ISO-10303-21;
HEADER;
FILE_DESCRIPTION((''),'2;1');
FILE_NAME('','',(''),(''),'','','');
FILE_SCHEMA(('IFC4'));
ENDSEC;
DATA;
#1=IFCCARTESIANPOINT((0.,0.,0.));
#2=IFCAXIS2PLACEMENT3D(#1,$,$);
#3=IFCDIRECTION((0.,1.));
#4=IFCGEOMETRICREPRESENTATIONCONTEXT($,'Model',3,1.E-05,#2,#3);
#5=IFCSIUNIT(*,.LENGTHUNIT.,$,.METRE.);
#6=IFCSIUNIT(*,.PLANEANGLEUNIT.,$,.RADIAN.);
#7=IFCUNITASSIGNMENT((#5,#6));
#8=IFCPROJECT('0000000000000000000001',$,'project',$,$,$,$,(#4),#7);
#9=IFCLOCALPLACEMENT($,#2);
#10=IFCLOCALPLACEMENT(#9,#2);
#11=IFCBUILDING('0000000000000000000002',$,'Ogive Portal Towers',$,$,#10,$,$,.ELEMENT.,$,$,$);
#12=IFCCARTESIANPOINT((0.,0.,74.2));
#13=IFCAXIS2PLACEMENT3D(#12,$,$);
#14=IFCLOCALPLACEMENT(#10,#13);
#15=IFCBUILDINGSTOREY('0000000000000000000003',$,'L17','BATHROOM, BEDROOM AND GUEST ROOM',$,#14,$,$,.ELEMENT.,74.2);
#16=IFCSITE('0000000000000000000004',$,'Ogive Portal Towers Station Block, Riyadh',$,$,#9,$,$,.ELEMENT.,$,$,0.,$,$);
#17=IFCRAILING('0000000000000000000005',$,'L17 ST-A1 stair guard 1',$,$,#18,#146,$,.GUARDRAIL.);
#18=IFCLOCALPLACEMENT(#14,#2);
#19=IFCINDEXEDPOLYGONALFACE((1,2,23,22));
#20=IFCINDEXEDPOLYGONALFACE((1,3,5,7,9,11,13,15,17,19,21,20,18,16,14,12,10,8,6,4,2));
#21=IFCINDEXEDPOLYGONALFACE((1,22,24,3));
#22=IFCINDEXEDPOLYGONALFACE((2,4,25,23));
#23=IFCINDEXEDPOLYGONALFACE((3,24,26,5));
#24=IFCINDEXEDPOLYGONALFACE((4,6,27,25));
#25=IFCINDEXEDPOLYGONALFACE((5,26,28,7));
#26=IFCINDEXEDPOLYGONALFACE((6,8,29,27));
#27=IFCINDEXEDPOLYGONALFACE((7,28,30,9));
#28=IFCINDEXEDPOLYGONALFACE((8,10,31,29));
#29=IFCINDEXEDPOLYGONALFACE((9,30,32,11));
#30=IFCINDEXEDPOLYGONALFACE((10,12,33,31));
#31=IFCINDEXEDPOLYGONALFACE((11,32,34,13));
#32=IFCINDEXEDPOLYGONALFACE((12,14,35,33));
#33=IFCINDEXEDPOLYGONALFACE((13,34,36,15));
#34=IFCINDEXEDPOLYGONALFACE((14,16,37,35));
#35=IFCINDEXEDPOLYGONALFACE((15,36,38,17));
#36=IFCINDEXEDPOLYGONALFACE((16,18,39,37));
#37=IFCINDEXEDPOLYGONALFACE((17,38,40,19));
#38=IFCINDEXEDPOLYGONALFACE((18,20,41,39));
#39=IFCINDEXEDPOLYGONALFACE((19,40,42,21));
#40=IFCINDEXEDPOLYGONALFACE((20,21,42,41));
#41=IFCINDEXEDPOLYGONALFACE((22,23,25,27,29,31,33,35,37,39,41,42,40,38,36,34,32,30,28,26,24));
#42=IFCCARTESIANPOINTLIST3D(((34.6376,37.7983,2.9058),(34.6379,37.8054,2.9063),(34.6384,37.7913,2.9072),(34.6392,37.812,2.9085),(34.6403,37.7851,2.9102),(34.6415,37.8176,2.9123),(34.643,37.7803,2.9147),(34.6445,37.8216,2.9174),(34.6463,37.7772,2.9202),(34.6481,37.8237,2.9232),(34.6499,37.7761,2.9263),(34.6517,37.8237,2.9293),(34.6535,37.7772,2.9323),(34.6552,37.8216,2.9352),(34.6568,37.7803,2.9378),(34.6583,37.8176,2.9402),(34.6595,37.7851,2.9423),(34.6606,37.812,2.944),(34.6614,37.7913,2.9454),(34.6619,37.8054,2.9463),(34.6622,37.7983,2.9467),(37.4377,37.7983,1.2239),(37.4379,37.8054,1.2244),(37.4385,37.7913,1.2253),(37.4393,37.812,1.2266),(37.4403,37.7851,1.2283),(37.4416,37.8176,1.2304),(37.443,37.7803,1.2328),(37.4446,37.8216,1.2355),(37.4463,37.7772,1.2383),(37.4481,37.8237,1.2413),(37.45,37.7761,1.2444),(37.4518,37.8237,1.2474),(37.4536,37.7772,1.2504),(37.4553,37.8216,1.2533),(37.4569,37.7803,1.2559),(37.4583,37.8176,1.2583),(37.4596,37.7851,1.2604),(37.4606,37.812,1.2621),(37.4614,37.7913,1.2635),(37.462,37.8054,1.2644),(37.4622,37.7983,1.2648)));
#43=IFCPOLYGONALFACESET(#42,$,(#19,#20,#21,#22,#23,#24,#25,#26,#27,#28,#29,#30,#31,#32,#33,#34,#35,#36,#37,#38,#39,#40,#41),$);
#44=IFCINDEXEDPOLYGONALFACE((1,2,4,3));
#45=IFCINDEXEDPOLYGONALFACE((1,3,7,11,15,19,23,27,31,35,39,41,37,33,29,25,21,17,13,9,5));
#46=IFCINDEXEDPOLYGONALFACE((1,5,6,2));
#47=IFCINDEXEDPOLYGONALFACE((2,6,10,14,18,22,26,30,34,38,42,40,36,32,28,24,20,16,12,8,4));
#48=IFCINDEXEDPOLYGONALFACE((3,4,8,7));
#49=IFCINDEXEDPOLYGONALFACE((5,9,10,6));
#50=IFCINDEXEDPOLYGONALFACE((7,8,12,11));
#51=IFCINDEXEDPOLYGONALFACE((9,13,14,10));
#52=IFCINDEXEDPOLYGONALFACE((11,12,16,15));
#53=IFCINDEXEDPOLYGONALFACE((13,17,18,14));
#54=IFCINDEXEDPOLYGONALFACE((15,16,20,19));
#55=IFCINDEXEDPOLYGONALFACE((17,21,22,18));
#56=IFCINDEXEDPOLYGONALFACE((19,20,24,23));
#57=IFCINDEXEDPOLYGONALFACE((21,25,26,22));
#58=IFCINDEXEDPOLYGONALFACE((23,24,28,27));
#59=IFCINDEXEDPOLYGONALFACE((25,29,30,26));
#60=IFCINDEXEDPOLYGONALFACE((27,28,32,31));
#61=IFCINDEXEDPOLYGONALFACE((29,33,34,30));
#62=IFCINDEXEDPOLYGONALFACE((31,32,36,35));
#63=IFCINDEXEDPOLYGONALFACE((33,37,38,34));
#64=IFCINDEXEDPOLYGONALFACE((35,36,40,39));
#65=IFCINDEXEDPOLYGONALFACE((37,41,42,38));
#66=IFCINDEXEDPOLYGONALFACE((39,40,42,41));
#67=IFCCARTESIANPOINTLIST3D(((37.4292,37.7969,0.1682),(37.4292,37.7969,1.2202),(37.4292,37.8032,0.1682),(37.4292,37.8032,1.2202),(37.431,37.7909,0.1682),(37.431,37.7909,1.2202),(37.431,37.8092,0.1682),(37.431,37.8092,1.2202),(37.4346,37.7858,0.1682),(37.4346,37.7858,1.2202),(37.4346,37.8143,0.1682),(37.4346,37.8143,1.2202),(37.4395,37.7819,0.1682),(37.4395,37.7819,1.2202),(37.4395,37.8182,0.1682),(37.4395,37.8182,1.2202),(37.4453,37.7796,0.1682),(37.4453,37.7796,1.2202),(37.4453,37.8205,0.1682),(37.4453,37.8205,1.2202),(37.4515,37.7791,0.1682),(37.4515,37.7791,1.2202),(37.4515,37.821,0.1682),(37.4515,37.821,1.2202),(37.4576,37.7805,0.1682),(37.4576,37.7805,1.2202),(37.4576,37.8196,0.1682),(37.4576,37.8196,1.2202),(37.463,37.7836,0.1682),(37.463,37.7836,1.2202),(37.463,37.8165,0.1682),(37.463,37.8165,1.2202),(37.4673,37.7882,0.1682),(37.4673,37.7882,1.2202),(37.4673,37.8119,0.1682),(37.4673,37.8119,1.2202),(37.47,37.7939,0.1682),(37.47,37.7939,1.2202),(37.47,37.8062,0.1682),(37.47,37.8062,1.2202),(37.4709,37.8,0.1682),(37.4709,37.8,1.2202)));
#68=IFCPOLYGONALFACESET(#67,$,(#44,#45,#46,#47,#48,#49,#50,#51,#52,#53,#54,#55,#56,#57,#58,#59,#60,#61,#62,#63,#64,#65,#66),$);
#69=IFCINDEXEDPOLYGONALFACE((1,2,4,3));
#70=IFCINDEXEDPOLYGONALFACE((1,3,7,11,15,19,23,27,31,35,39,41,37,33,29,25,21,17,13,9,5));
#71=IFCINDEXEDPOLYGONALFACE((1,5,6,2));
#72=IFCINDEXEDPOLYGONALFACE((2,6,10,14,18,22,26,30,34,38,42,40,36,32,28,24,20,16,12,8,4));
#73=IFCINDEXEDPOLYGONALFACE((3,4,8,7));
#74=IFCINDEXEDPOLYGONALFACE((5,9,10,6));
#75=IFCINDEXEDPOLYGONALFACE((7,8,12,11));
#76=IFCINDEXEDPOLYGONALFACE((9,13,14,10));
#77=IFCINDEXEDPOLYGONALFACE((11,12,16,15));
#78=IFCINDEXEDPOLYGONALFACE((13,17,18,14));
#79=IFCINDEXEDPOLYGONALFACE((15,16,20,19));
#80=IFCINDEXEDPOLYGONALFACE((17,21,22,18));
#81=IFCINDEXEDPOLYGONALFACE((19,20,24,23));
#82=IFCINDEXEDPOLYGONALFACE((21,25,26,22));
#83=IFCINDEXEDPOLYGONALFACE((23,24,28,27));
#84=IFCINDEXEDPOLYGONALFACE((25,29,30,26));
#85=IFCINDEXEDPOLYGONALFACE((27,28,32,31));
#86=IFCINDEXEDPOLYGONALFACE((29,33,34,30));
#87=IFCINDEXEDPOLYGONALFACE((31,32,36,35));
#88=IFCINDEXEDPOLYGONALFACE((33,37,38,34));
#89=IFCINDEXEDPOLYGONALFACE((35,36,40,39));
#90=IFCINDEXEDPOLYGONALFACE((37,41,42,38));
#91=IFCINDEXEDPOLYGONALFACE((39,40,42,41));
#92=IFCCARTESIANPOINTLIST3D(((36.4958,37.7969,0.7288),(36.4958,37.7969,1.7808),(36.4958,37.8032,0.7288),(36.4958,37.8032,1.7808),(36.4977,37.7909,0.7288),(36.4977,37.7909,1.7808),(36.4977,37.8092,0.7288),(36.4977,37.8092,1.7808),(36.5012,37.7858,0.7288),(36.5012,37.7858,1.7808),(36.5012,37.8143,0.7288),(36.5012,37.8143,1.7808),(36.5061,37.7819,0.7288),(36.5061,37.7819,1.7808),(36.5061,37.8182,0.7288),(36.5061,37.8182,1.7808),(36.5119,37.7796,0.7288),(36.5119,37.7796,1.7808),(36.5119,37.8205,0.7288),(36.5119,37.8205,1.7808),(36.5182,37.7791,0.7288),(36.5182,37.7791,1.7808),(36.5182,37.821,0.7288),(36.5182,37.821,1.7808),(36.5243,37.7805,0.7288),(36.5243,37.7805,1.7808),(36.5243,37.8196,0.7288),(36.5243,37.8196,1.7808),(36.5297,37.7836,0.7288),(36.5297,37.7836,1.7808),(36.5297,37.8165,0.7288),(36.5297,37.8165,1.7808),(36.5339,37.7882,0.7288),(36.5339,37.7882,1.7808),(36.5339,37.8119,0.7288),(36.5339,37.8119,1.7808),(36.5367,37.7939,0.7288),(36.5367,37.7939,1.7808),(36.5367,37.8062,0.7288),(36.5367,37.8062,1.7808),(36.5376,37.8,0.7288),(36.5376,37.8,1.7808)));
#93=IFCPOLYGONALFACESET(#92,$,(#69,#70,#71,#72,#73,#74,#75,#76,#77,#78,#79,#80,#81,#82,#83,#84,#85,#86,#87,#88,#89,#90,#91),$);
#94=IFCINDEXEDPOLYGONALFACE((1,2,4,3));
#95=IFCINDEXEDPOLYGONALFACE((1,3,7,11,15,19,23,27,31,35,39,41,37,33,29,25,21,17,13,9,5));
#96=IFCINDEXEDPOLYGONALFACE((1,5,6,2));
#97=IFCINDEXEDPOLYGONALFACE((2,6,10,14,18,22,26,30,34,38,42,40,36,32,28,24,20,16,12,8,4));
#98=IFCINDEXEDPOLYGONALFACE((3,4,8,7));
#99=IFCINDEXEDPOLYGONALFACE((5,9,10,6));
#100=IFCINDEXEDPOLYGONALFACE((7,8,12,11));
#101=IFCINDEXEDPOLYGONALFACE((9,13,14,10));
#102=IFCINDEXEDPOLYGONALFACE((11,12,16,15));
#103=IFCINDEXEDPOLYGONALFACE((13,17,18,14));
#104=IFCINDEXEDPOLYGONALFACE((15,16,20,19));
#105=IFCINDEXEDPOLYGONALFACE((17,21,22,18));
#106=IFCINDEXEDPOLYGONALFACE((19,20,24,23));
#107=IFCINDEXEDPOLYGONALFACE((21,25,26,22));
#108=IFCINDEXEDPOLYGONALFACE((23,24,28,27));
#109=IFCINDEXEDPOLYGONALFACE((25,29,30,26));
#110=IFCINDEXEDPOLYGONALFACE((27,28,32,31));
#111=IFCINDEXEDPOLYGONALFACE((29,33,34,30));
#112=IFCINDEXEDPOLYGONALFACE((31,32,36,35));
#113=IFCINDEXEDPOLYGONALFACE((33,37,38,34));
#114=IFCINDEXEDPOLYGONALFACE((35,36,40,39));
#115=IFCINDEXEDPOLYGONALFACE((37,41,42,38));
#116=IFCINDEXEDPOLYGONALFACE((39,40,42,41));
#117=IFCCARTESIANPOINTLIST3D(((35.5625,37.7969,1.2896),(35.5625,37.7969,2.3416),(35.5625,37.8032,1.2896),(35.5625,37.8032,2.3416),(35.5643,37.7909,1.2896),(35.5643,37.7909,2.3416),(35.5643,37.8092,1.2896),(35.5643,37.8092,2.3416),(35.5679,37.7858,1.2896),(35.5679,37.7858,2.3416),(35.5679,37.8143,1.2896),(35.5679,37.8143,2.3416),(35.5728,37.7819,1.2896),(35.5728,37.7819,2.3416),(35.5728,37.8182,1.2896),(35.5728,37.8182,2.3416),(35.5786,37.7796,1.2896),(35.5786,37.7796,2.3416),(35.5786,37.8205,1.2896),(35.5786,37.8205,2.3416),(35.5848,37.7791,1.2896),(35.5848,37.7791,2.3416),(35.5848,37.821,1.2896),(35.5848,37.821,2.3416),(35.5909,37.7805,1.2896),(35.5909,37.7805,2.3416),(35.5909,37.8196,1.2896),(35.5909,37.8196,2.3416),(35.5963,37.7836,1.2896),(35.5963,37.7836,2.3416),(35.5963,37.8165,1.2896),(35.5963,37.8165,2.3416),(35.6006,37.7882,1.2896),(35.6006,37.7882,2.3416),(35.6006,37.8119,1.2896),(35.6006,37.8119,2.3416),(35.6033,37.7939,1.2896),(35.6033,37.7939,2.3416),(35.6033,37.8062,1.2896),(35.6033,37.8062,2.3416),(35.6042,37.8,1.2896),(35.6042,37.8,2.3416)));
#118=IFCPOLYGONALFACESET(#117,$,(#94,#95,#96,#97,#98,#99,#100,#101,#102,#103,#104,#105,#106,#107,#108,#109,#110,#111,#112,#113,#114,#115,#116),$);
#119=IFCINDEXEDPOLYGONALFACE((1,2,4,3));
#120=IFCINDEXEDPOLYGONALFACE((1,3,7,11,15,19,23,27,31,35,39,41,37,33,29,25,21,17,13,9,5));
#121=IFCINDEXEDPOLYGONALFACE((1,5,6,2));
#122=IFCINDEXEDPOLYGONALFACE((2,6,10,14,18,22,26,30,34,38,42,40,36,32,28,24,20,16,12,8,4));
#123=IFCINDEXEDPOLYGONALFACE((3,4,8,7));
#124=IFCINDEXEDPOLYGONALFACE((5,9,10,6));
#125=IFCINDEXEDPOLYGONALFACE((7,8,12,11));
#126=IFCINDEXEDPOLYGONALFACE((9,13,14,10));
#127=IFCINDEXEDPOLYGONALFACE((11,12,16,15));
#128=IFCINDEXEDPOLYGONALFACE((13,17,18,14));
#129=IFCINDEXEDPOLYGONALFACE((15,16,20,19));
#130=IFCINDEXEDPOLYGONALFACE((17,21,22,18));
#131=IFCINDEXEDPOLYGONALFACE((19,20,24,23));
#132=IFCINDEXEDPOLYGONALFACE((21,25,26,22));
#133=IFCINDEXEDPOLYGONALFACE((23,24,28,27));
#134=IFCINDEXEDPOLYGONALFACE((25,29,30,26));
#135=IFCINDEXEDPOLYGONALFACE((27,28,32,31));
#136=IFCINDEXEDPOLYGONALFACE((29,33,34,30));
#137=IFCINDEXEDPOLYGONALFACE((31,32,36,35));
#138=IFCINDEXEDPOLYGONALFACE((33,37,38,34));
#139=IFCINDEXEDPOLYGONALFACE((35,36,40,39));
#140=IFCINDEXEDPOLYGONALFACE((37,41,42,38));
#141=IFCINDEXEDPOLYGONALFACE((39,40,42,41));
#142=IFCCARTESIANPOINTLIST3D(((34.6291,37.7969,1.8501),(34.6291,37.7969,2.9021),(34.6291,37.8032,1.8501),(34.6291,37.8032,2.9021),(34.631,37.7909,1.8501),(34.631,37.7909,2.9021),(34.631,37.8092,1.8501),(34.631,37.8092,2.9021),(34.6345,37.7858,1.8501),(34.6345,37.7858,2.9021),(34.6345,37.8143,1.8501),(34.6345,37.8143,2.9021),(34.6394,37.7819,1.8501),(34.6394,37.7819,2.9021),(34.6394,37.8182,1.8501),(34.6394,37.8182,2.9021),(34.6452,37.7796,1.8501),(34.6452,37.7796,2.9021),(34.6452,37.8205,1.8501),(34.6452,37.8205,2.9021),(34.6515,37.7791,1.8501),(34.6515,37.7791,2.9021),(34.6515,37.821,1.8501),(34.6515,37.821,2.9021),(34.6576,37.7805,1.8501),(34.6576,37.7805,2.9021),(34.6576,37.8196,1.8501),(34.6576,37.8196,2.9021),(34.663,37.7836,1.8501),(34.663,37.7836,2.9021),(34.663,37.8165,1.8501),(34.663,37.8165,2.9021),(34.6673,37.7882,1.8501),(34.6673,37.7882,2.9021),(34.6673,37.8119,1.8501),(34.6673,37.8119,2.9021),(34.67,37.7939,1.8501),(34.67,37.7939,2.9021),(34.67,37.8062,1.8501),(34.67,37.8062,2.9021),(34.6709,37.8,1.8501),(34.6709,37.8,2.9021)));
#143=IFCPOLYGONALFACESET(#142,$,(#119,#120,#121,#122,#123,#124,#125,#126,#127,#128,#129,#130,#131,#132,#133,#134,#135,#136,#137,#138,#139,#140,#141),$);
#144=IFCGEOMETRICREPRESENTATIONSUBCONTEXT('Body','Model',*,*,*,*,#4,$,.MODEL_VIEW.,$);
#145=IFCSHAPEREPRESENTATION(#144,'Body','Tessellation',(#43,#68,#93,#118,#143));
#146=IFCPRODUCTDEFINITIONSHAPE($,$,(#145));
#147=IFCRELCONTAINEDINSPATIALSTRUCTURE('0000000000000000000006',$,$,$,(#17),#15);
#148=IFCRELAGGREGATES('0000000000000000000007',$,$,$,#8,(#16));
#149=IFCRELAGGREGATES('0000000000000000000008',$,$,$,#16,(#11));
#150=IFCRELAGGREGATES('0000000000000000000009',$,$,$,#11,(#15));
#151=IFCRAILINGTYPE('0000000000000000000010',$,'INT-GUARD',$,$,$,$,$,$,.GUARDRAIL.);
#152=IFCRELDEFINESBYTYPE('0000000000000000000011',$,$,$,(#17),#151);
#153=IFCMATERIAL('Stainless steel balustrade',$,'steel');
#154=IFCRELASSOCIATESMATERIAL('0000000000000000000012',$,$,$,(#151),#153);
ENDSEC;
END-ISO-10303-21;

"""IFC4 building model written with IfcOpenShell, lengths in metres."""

from ifc_helpers import new_model, si_unit, direction, frame, origin, origin_2d, place, context, subcontext, project, spatial, circle, extrude, material, type_object, element, save


model = new_model("IFC4")

# Units and contexts
model_context = context("Model", 3, precision=1e-05, world=origin(), true_north=direction((0.0, 1.0)))
body_context = subcontext(model_context, "Body", "Model", "MODEL_VIEW")
ifc_project = project(units=[si_unit("LENGTHUNIT", "METRE"), si_unit("PLANEANGLEUNIT", "RADIAN")], contexts=[model_context])

# Site, building, storey
site_placement = place(None, origin())
site = spatial("IfcSite", under=ifc_project, at=site_placement, Name="Ogive Portal Towers Station Block, Riyadh", CompositionType="ELEMENT", RefElevation=0.0)
building_placement = place(site_placement, origin())
building = spatial("IfcBuilding", under=site, at=building_placement, Name="Ogive Portal Towers", CompositionType="ELEMENT")
storey_placement = place(building_placement, frame((0.0, 0.0, 74.2)))
storey = spatial("IfcBuildingStorey", under=building, at=storey_placement, Name="L17", Description="BATHROOM, BEDROOM AND GUEST ROOM", CompositionType="ELEMENT", Elevation=74.2)

# Railing
ifc_material_1 = material(Name="Stainless steel balustrade", Category="steel")
railing_type_1 = type_object("IfcRailingType", Name="INT-GUARD", PredefinedType="GUARDRAIL", material=ifc_material_1)
railing_1_placement = place(storey_placement, frame((37.45, 37.8, 0.1682)))
element("IfcRailing", 1, at=railing_1_placement, inside=storey, type_object=railing_type_1, Name="L17 ST-A1 stair guard 1", PredefinedType="GUARDRAIL", context=body_context, shape_type="SweptSolid", body=[
    extrude(circle(Radius=0.0239, at=origin_2d()), frame((0.0, 0.0, 1.0762), z_axis=(-0.857242, 0.0, 0.514913), x_axis=(0.0, -1.0, 0.0)), (0.0, 0.0, 1.0), 3.2664),
    extrude(circle(Radius=0.021, at=origin_2d()), origin(), (0.0, 0.0, 1.0), 1.052),
    extrude(circle(Radius=0.021, at=origin_2d()), frame((-0.9333, 0.0, 0.5605)), (0.0, 0.0, 1.0), 1.052),
    extrude(circle(Radius=0.021, at=origin_2d()), frame((-1.8667, 0.0, 1.1213)), (0.0, 0.0, 1.0), 1.052),
    extrude(circle(Radius=0.021, at=origin_2d()), frame((-2.8, 0.0, 1.6819)), (0.0, 0.0, 1.0), 1.052),
])

save(model, "model.ifc")
